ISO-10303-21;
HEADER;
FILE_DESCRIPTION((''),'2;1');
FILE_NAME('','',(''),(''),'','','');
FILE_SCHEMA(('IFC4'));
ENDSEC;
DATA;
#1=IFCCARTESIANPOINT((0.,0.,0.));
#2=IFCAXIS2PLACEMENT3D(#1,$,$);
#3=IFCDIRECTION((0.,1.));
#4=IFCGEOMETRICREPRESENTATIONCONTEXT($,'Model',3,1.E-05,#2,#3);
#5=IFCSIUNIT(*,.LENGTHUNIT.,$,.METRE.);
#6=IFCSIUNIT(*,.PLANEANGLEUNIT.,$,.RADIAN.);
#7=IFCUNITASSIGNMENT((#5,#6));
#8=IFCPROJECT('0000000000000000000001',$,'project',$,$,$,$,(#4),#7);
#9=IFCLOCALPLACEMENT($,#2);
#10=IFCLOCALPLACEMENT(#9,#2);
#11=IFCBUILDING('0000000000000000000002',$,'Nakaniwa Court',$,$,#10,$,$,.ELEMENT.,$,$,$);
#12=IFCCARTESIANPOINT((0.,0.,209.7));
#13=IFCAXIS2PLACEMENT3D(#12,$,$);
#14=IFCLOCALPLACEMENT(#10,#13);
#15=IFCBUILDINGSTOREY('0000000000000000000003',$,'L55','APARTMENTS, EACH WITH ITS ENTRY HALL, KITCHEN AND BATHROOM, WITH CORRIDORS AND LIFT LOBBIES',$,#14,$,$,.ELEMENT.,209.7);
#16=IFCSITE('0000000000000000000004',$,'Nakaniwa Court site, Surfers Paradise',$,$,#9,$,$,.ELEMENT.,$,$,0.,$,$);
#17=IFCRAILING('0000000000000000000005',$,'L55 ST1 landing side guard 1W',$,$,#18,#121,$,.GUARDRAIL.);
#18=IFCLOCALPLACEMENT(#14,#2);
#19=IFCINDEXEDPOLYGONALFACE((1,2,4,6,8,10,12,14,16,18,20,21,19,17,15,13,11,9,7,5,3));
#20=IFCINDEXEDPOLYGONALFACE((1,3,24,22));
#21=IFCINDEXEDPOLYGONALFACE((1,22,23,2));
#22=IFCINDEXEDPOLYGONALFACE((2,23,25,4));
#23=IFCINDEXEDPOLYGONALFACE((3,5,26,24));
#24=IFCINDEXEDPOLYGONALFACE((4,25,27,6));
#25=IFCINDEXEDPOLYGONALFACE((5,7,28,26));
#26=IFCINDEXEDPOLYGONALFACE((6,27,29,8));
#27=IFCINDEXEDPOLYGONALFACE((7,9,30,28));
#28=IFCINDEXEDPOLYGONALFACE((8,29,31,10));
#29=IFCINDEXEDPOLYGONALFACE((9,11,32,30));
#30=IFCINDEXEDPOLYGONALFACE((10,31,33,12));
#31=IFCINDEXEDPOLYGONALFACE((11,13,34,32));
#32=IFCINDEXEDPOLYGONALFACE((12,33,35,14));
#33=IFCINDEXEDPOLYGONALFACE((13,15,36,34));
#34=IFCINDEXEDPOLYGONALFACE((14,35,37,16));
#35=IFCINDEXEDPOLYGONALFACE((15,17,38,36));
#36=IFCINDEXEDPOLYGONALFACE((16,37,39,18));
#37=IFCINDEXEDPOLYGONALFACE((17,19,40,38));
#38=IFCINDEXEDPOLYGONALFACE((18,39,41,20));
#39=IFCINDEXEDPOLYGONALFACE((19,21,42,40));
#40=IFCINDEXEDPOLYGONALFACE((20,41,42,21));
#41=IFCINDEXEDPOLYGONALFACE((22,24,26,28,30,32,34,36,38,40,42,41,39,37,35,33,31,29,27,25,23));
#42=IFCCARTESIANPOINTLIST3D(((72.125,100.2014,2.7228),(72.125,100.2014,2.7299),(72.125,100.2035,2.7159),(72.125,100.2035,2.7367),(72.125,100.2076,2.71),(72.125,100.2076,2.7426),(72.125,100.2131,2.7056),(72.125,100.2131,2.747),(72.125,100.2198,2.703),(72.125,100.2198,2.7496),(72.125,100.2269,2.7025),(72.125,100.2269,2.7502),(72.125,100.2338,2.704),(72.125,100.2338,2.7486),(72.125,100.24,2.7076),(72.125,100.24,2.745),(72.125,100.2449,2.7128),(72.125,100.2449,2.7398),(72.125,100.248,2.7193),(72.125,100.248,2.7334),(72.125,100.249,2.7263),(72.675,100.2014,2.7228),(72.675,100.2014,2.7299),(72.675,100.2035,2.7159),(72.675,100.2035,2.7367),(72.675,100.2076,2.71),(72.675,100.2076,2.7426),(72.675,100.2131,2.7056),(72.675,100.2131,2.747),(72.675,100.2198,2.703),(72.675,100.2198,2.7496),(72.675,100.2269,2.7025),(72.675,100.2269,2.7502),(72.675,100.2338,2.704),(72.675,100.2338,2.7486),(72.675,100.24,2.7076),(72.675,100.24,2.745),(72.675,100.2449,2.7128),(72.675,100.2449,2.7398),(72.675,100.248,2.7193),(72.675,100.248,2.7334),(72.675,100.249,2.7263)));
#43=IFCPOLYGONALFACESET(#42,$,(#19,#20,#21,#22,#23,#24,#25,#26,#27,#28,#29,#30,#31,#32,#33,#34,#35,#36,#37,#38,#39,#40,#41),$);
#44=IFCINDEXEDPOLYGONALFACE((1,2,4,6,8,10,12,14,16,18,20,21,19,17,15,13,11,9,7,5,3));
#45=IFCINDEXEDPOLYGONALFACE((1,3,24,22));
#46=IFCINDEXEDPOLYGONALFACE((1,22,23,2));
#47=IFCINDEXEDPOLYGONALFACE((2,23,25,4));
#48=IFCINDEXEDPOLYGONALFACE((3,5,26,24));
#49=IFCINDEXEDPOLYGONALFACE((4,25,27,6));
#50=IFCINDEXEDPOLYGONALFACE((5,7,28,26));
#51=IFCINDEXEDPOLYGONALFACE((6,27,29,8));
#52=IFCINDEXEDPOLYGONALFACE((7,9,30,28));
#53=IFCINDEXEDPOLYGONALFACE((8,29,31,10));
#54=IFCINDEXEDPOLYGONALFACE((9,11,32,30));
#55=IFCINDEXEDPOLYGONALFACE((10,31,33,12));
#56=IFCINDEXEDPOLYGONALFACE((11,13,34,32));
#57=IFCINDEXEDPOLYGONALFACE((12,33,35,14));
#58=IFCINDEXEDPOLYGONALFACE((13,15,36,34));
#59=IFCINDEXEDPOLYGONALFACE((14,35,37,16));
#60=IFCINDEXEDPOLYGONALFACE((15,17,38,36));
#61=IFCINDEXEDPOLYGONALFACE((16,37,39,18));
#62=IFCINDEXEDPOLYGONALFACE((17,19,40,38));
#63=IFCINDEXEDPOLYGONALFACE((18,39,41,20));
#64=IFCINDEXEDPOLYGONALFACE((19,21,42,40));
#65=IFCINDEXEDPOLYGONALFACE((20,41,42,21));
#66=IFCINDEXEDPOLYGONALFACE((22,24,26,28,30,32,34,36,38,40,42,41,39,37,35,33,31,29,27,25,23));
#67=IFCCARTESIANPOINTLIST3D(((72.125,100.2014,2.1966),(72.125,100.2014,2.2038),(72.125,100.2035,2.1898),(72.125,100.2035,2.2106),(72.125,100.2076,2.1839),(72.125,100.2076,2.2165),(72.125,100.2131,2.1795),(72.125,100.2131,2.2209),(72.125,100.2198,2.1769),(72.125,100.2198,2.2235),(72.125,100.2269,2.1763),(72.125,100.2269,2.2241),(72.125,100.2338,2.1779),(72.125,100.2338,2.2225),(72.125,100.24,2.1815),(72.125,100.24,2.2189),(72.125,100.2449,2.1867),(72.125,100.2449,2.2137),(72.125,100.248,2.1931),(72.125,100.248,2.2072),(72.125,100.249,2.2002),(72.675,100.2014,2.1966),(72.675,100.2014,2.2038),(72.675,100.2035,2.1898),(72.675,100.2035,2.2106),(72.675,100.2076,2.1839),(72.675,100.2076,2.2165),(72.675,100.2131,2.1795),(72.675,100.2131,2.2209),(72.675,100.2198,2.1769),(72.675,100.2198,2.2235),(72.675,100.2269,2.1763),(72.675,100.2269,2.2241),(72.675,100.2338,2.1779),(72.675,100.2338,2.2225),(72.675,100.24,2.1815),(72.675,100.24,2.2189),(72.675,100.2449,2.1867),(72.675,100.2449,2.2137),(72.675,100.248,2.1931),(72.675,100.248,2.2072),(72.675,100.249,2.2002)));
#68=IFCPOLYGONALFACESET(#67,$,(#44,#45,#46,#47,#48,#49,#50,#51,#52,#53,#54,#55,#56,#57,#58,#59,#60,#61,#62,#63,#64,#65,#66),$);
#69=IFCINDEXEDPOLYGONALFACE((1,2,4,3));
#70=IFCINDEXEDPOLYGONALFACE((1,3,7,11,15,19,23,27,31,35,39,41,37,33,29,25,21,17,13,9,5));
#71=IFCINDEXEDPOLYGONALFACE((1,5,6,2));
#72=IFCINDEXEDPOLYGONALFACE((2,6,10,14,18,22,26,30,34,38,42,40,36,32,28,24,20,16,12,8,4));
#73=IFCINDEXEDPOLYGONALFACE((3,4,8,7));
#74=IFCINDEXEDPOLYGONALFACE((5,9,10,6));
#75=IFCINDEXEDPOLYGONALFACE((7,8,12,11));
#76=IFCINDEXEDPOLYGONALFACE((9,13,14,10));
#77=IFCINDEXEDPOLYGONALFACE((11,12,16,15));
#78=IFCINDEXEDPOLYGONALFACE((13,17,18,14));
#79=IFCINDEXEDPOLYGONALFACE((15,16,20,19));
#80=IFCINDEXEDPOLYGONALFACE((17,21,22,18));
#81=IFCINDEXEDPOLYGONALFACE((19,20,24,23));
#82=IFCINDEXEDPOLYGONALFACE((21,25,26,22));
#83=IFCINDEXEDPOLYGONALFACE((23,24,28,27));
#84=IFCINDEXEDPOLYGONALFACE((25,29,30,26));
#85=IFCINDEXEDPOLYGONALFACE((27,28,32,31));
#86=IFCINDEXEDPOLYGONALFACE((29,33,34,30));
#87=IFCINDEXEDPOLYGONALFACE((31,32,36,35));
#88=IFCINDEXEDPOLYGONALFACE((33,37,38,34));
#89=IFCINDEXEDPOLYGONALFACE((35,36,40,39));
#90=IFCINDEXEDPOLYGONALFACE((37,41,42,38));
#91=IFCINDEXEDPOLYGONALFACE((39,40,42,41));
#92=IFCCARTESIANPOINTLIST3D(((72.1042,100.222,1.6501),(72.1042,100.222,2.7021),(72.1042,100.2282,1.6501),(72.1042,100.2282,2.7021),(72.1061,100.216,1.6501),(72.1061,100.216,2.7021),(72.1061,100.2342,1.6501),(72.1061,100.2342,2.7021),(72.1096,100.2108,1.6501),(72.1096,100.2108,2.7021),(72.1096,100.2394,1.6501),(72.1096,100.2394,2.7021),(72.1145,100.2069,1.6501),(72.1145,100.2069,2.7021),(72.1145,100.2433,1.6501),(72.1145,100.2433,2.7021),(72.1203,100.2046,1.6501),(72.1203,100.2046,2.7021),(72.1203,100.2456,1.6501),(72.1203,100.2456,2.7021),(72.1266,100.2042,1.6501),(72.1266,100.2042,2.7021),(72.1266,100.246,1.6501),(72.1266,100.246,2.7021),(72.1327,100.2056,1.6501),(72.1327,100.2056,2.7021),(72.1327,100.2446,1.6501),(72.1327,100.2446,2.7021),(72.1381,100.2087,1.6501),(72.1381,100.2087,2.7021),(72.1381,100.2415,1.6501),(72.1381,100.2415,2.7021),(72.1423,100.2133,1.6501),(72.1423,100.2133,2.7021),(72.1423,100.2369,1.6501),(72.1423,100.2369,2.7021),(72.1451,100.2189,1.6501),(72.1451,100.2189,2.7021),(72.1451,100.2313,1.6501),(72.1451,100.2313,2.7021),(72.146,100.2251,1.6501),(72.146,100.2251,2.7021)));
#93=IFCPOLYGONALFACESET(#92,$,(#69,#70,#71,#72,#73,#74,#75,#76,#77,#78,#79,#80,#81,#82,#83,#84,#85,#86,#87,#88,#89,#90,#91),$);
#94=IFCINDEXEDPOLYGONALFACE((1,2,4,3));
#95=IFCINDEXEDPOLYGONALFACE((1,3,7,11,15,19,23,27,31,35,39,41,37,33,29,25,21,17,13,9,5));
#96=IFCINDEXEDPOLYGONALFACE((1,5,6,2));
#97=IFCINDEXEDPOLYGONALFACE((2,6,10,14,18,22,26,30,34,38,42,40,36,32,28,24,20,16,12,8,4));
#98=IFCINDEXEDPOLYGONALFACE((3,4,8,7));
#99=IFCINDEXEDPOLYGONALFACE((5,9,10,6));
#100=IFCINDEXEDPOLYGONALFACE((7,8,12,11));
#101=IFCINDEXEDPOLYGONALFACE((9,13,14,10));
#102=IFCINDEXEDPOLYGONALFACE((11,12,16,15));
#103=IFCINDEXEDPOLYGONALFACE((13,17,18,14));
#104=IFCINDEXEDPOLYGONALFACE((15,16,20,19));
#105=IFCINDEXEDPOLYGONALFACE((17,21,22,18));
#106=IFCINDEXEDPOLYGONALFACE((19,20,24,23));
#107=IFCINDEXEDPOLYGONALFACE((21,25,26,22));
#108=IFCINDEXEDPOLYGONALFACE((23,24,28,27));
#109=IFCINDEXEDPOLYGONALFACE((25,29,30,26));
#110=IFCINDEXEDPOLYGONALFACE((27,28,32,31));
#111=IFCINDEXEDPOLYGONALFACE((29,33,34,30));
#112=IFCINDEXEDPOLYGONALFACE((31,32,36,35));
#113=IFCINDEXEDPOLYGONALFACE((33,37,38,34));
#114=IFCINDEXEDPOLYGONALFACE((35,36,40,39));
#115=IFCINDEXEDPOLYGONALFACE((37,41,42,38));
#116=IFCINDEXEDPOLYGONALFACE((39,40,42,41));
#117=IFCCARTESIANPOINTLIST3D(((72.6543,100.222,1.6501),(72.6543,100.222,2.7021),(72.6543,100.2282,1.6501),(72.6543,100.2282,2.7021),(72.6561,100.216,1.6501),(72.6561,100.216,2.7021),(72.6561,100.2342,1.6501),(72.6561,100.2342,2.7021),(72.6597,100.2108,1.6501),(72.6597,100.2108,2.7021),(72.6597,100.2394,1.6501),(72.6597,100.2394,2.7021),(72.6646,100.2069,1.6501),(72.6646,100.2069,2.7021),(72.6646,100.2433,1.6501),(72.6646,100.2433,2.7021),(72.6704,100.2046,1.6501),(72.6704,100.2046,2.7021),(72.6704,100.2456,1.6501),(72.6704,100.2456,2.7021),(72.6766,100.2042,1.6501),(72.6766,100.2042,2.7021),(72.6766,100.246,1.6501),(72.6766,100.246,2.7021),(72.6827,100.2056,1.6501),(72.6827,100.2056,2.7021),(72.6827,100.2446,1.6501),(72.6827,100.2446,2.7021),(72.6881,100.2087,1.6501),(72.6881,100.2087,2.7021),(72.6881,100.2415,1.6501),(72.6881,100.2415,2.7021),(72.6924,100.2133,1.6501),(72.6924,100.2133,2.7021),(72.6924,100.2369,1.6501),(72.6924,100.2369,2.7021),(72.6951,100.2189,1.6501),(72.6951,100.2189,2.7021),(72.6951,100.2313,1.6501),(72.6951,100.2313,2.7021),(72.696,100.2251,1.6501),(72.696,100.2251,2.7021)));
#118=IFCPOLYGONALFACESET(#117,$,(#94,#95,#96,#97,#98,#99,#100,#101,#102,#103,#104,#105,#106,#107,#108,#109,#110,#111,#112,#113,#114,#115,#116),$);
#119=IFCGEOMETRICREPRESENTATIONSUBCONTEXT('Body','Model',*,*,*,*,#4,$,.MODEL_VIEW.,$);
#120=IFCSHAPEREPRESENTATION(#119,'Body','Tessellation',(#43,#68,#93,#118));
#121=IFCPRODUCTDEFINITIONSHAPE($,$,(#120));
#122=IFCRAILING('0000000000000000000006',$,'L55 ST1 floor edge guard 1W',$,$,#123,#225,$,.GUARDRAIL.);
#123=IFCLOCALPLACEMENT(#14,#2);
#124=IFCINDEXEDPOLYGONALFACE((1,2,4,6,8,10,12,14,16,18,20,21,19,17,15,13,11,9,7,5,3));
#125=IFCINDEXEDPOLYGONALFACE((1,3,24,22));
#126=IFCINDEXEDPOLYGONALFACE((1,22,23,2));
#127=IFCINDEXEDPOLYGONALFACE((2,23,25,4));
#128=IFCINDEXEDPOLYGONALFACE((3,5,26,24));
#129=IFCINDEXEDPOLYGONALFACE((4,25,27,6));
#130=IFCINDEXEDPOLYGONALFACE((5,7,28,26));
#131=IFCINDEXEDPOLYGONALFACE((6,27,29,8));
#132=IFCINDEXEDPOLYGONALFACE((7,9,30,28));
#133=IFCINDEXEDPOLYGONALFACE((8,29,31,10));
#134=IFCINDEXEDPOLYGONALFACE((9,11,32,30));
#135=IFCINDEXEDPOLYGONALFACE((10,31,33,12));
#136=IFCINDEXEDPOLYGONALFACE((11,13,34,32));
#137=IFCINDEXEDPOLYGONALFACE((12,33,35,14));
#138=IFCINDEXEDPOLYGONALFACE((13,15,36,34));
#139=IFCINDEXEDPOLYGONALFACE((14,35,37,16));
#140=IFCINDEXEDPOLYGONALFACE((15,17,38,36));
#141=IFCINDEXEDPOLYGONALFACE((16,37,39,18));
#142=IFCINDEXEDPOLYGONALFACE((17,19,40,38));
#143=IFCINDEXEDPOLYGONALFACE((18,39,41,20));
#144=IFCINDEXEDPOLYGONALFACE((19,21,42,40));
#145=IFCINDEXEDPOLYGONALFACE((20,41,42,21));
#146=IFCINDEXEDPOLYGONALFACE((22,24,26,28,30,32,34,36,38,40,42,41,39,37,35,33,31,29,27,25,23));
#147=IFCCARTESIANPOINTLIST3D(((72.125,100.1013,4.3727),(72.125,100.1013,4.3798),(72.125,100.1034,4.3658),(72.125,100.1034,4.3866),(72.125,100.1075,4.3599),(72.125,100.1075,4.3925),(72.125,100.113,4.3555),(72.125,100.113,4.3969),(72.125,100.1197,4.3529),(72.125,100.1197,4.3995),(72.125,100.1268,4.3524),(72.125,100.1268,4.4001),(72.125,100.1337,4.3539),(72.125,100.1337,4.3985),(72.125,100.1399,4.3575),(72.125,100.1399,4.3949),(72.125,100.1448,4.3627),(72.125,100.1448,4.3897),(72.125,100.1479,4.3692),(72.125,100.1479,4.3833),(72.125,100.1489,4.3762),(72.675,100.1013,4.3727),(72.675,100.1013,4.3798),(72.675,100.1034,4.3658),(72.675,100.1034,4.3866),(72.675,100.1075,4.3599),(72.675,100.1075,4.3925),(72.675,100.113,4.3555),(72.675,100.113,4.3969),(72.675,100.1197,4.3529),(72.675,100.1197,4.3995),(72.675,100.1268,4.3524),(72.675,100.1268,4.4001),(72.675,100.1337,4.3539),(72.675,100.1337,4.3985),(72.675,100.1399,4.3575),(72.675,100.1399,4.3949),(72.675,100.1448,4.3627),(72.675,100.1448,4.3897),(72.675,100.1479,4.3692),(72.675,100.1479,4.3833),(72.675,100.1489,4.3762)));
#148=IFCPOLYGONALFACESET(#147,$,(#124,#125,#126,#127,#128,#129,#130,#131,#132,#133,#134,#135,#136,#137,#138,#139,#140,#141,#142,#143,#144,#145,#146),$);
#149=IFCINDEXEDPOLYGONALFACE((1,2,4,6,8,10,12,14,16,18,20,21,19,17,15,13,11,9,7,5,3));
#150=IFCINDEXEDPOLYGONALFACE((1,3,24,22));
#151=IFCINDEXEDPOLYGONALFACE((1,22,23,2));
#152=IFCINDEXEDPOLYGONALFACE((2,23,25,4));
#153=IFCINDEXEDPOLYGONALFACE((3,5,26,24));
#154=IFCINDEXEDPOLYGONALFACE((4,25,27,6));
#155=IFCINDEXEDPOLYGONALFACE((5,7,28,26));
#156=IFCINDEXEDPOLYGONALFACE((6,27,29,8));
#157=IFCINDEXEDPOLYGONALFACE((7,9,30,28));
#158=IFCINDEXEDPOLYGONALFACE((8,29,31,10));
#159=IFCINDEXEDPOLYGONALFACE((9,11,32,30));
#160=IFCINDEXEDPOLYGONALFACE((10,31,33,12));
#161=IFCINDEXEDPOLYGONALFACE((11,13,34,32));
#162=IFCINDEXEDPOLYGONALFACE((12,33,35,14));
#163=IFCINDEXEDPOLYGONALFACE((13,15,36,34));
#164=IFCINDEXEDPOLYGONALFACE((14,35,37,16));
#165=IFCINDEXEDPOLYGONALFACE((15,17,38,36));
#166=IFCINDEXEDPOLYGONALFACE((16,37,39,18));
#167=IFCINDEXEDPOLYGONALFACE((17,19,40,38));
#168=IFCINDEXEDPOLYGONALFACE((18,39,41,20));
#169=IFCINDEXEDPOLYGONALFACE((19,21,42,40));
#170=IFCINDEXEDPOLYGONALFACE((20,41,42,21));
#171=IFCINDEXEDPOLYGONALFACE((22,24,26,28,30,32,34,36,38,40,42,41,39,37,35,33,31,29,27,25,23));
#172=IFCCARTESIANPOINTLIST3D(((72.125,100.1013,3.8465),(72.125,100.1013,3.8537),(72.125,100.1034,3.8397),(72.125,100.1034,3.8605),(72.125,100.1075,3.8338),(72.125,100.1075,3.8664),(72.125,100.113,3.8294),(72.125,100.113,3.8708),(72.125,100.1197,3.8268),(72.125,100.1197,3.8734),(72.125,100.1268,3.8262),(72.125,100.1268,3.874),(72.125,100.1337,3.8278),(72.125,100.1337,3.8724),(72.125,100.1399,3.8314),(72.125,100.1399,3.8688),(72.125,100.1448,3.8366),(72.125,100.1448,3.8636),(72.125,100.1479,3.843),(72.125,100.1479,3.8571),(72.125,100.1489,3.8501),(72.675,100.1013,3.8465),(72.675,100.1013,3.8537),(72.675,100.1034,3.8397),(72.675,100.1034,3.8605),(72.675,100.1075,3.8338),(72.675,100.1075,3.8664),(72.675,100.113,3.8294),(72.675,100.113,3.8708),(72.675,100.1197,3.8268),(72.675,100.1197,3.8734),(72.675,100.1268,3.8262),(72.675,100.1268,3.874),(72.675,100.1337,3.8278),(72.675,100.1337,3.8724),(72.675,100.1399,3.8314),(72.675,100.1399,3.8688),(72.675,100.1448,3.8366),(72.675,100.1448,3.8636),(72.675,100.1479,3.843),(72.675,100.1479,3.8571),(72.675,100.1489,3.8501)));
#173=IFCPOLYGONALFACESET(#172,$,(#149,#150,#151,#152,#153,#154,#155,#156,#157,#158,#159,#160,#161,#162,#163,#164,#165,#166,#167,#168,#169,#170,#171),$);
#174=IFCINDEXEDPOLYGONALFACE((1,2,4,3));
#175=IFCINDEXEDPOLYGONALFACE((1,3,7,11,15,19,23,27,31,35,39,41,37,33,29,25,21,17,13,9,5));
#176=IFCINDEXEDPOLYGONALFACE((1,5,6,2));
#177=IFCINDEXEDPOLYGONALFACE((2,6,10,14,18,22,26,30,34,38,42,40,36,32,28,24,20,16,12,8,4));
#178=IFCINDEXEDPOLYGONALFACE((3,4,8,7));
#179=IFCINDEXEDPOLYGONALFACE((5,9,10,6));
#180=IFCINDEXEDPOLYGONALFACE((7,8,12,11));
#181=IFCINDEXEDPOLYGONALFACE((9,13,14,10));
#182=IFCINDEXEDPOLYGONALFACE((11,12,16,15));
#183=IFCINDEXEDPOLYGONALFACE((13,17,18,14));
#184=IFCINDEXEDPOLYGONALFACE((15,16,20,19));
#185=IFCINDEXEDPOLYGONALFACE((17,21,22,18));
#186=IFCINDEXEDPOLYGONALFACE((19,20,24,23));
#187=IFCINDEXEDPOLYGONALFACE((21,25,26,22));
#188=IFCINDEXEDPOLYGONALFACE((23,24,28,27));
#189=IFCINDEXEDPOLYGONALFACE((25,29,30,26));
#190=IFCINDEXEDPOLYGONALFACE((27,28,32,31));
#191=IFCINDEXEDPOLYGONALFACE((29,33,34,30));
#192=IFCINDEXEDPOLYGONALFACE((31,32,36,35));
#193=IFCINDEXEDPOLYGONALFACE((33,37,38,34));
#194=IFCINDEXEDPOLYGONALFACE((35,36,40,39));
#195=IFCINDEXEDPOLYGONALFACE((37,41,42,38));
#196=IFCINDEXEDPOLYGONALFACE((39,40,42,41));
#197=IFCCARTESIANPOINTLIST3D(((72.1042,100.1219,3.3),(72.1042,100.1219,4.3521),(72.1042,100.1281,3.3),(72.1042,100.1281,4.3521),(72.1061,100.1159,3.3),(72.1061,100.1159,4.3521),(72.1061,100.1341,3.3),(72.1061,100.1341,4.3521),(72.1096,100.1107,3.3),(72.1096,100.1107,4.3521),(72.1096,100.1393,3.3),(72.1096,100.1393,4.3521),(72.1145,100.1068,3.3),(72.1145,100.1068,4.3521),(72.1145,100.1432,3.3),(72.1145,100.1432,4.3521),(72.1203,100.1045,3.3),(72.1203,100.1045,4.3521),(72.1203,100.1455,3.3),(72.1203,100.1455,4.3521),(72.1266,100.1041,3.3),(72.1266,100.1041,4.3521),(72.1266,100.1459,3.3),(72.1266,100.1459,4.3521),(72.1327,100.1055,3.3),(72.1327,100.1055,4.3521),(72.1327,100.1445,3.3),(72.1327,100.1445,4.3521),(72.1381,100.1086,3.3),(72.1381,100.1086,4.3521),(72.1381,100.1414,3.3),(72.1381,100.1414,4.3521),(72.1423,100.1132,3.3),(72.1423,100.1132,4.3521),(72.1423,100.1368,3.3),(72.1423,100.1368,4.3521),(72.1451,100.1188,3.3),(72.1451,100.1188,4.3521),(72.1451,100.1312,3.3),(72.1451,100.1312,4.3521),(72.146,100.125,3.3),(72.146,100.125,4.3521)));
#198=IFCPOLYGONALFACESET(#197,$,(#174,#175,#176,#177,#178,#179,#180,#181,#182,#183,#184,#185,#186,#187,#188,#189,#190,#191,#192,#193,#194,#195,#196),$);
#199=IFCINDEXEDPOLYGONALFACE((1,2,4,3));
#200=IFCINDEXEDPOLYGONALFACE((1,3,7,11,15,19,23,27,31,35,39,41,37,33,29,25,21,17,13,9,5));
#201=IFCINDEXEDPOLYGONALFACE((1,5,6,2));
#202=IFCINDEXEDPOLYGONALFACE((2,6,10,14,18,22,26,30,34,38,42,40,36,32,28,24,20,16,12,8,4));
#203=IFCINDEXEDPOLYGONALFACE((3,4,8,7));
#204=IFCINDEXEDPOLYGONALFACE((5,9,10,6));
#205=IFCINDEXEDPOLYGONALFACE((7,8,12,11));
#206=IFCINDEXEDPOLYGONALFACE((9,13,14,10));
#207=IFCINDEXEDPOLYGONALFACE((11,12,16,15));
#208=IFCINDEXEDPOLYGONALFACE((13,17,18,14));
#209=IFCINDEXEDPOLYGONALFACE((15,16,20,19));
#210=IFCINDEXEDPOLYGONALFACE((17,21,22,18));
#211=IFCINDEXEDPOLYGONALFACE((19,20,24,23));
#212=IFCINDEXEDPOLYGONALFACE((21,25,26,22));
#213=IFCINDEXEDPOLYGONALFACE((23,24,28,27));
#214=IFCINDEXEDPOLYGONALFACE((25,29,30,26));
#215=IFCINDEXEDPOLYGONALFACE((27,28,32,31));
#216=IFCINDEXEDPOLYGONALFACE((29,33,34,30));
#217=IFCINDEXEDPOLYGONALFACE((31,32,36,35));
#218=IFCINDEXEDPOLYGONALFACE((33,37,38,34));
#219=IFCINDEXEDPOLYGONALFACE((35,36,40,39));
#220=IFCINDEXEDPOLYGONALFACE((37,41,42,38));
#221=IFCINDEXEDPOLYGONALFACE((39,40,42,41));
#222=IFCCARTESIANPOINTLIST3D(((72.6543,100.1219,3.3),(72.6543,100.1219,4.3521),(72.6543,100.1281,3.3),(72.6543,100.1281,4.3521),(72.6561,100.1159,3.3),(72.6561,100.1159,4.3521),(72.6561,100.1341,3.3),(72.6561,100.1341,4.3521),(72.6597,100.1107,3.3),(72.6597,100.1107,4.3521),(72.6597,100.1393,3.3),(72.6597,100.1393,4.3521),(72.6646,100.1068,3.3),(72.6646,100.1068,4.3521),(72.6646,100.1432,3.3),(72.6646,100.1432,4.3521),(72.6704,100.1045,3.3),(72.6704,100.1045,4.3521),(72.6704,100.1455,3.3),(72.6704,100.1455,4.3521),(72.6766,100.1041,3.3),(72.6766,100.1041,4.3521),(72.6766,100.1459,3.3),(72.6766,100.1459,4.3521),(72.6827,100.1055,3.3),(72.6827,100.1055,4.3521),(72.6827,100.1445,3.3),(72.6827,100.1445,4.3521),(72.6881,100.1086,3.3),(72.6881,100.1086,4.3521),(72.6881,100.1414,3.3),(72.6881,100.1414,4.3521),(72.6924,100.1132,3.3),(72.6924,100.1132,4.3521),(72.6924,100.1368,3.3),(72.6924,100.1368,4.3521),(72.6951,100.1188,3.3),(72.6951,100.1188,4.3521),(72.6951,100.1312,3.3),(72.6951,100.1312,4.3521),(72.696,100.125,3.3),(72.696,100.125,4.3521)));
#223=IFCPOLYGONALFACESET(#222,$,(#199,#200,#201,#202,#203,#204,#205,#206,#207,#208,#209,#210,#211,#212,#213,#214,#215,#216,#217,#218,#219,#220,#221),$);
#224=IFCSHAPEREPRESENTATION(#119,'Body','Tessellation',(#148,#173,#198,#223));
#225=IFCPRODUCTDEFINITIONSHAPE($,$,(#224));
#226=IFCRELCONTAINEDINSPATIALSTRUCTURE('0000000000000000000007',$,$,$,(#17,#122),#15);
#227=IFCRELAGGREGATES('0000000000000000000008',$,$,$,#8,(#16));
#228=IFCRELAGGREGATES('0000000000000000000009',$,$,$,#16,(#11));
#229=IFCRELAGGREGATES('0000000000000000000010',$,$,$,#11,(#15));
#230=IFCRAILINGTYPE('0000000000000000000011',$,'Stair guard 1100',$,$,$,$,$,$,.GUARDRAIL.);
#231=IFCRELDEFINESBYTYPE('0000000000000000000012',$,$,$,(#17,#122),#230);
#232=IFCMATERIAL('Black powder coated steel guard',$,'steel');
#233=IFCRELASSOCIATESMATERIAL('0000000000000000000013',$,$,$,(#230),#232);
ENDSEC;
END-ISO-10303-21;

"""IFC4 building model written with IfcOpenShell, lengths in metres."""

from ifc_helpers import new_model, si_unit, direction, frame, origin, origin_2d, place, context, subcontext, project, spatial, circle, extrude, material, type_object, element, save


model = new_model("IFC4")

# Units and contexts
model_context = context("Model", 3, precision=1e-05, world=origin(), true_north=direction((0.0, 1.0)))
body_context = subcontext(model_context, "Body", "Model", "MODEL_VIEW")
ifc_project = project(units=[si_unit("LENGTHUNIT", "METRE"), si_unit("PLANEANGLEUNIT", "RADIAN")], contexts=[model_context])

# Site, building, storey
site_placement = place(None, origin())
site = spatial("IfcSite", under=ifc_project, at=site_placement, Name="Nakaniwa Court site, Surfers Paradise", CompositionType="ELEMENT", RefElevation=0.0)
building_placement = place(site_placement, origin())
building = spatial("IfcBuilding", under=site, at=building_placement, Name="Nakaniwa Court", CompositionType="ELEMENT")
storey_placement = place(building_placement, frame((0.0, 0.0, 209.7)))
storey = spatial("IfcBuildingStorey", under=building, at=storey_placement, Name="L55", Description="APARTMENTS, EACH WITH ITS ENTRY HALL, KITCHEN AND BATHROOM, WITH CORRIDORS AND LIFT LOBBIES", CompositionType="ELEMENT", Elevation=209.7)

# Railings
ifc_material_1 = material(Name="Black powder coated steel guard", Category="steel")
railing_type_1 = type_object("IfcRailingType", Name="Stair guard 1100", PredefinedType="GUARDRAIL", material=ifc_material_1)
for number, where, name in (
    (1, (72.125, 100.2251, 1.6501), "L55 ST1 landing side guard 1W"),
    (2, (72.125, 100.125, 3.3), "L55 ST1 floor edge guard 1W"),
):
    element("IfcRailing", number, at=place(storey_placement, frame(where)), inside=storey, type_object=railing_type_1, Name=name, PredefinedType="GUARDRAIL", context=body_context, shape_type="SweptSolid", body=[
        extrude(circle(Radius=0.0239, at=origin_2d()), frame((0.0, 0.0, 1.0762), z_axis=(1.0, 0.0, 0.0), x_axis=(0.0, 1.0, 0.0)), (0.0, 0.0, 1.0), 0.55),
        extrude(circle(Radius=0.0239, at=origin_2d()), frame((0.0, 0.0, 0.55), z_axis=(1.0, 0.0, 0.0), x_axis=(0.0, 1.0, 0.0)), (0.0, 0.0, 1.0), 0.55),
        extrude(circle(Radius=0.021, at=origin_2d()), origin(), (0.0, 0.0, 1.0), 1.052),
        extrude(circle(Radius=0.021, at=origin_2d()), frame((0.55, 0.0, 0.0)), (0.0, 0.0, 1.0), 1.052),
    ])

save(model, "model.ifc")
